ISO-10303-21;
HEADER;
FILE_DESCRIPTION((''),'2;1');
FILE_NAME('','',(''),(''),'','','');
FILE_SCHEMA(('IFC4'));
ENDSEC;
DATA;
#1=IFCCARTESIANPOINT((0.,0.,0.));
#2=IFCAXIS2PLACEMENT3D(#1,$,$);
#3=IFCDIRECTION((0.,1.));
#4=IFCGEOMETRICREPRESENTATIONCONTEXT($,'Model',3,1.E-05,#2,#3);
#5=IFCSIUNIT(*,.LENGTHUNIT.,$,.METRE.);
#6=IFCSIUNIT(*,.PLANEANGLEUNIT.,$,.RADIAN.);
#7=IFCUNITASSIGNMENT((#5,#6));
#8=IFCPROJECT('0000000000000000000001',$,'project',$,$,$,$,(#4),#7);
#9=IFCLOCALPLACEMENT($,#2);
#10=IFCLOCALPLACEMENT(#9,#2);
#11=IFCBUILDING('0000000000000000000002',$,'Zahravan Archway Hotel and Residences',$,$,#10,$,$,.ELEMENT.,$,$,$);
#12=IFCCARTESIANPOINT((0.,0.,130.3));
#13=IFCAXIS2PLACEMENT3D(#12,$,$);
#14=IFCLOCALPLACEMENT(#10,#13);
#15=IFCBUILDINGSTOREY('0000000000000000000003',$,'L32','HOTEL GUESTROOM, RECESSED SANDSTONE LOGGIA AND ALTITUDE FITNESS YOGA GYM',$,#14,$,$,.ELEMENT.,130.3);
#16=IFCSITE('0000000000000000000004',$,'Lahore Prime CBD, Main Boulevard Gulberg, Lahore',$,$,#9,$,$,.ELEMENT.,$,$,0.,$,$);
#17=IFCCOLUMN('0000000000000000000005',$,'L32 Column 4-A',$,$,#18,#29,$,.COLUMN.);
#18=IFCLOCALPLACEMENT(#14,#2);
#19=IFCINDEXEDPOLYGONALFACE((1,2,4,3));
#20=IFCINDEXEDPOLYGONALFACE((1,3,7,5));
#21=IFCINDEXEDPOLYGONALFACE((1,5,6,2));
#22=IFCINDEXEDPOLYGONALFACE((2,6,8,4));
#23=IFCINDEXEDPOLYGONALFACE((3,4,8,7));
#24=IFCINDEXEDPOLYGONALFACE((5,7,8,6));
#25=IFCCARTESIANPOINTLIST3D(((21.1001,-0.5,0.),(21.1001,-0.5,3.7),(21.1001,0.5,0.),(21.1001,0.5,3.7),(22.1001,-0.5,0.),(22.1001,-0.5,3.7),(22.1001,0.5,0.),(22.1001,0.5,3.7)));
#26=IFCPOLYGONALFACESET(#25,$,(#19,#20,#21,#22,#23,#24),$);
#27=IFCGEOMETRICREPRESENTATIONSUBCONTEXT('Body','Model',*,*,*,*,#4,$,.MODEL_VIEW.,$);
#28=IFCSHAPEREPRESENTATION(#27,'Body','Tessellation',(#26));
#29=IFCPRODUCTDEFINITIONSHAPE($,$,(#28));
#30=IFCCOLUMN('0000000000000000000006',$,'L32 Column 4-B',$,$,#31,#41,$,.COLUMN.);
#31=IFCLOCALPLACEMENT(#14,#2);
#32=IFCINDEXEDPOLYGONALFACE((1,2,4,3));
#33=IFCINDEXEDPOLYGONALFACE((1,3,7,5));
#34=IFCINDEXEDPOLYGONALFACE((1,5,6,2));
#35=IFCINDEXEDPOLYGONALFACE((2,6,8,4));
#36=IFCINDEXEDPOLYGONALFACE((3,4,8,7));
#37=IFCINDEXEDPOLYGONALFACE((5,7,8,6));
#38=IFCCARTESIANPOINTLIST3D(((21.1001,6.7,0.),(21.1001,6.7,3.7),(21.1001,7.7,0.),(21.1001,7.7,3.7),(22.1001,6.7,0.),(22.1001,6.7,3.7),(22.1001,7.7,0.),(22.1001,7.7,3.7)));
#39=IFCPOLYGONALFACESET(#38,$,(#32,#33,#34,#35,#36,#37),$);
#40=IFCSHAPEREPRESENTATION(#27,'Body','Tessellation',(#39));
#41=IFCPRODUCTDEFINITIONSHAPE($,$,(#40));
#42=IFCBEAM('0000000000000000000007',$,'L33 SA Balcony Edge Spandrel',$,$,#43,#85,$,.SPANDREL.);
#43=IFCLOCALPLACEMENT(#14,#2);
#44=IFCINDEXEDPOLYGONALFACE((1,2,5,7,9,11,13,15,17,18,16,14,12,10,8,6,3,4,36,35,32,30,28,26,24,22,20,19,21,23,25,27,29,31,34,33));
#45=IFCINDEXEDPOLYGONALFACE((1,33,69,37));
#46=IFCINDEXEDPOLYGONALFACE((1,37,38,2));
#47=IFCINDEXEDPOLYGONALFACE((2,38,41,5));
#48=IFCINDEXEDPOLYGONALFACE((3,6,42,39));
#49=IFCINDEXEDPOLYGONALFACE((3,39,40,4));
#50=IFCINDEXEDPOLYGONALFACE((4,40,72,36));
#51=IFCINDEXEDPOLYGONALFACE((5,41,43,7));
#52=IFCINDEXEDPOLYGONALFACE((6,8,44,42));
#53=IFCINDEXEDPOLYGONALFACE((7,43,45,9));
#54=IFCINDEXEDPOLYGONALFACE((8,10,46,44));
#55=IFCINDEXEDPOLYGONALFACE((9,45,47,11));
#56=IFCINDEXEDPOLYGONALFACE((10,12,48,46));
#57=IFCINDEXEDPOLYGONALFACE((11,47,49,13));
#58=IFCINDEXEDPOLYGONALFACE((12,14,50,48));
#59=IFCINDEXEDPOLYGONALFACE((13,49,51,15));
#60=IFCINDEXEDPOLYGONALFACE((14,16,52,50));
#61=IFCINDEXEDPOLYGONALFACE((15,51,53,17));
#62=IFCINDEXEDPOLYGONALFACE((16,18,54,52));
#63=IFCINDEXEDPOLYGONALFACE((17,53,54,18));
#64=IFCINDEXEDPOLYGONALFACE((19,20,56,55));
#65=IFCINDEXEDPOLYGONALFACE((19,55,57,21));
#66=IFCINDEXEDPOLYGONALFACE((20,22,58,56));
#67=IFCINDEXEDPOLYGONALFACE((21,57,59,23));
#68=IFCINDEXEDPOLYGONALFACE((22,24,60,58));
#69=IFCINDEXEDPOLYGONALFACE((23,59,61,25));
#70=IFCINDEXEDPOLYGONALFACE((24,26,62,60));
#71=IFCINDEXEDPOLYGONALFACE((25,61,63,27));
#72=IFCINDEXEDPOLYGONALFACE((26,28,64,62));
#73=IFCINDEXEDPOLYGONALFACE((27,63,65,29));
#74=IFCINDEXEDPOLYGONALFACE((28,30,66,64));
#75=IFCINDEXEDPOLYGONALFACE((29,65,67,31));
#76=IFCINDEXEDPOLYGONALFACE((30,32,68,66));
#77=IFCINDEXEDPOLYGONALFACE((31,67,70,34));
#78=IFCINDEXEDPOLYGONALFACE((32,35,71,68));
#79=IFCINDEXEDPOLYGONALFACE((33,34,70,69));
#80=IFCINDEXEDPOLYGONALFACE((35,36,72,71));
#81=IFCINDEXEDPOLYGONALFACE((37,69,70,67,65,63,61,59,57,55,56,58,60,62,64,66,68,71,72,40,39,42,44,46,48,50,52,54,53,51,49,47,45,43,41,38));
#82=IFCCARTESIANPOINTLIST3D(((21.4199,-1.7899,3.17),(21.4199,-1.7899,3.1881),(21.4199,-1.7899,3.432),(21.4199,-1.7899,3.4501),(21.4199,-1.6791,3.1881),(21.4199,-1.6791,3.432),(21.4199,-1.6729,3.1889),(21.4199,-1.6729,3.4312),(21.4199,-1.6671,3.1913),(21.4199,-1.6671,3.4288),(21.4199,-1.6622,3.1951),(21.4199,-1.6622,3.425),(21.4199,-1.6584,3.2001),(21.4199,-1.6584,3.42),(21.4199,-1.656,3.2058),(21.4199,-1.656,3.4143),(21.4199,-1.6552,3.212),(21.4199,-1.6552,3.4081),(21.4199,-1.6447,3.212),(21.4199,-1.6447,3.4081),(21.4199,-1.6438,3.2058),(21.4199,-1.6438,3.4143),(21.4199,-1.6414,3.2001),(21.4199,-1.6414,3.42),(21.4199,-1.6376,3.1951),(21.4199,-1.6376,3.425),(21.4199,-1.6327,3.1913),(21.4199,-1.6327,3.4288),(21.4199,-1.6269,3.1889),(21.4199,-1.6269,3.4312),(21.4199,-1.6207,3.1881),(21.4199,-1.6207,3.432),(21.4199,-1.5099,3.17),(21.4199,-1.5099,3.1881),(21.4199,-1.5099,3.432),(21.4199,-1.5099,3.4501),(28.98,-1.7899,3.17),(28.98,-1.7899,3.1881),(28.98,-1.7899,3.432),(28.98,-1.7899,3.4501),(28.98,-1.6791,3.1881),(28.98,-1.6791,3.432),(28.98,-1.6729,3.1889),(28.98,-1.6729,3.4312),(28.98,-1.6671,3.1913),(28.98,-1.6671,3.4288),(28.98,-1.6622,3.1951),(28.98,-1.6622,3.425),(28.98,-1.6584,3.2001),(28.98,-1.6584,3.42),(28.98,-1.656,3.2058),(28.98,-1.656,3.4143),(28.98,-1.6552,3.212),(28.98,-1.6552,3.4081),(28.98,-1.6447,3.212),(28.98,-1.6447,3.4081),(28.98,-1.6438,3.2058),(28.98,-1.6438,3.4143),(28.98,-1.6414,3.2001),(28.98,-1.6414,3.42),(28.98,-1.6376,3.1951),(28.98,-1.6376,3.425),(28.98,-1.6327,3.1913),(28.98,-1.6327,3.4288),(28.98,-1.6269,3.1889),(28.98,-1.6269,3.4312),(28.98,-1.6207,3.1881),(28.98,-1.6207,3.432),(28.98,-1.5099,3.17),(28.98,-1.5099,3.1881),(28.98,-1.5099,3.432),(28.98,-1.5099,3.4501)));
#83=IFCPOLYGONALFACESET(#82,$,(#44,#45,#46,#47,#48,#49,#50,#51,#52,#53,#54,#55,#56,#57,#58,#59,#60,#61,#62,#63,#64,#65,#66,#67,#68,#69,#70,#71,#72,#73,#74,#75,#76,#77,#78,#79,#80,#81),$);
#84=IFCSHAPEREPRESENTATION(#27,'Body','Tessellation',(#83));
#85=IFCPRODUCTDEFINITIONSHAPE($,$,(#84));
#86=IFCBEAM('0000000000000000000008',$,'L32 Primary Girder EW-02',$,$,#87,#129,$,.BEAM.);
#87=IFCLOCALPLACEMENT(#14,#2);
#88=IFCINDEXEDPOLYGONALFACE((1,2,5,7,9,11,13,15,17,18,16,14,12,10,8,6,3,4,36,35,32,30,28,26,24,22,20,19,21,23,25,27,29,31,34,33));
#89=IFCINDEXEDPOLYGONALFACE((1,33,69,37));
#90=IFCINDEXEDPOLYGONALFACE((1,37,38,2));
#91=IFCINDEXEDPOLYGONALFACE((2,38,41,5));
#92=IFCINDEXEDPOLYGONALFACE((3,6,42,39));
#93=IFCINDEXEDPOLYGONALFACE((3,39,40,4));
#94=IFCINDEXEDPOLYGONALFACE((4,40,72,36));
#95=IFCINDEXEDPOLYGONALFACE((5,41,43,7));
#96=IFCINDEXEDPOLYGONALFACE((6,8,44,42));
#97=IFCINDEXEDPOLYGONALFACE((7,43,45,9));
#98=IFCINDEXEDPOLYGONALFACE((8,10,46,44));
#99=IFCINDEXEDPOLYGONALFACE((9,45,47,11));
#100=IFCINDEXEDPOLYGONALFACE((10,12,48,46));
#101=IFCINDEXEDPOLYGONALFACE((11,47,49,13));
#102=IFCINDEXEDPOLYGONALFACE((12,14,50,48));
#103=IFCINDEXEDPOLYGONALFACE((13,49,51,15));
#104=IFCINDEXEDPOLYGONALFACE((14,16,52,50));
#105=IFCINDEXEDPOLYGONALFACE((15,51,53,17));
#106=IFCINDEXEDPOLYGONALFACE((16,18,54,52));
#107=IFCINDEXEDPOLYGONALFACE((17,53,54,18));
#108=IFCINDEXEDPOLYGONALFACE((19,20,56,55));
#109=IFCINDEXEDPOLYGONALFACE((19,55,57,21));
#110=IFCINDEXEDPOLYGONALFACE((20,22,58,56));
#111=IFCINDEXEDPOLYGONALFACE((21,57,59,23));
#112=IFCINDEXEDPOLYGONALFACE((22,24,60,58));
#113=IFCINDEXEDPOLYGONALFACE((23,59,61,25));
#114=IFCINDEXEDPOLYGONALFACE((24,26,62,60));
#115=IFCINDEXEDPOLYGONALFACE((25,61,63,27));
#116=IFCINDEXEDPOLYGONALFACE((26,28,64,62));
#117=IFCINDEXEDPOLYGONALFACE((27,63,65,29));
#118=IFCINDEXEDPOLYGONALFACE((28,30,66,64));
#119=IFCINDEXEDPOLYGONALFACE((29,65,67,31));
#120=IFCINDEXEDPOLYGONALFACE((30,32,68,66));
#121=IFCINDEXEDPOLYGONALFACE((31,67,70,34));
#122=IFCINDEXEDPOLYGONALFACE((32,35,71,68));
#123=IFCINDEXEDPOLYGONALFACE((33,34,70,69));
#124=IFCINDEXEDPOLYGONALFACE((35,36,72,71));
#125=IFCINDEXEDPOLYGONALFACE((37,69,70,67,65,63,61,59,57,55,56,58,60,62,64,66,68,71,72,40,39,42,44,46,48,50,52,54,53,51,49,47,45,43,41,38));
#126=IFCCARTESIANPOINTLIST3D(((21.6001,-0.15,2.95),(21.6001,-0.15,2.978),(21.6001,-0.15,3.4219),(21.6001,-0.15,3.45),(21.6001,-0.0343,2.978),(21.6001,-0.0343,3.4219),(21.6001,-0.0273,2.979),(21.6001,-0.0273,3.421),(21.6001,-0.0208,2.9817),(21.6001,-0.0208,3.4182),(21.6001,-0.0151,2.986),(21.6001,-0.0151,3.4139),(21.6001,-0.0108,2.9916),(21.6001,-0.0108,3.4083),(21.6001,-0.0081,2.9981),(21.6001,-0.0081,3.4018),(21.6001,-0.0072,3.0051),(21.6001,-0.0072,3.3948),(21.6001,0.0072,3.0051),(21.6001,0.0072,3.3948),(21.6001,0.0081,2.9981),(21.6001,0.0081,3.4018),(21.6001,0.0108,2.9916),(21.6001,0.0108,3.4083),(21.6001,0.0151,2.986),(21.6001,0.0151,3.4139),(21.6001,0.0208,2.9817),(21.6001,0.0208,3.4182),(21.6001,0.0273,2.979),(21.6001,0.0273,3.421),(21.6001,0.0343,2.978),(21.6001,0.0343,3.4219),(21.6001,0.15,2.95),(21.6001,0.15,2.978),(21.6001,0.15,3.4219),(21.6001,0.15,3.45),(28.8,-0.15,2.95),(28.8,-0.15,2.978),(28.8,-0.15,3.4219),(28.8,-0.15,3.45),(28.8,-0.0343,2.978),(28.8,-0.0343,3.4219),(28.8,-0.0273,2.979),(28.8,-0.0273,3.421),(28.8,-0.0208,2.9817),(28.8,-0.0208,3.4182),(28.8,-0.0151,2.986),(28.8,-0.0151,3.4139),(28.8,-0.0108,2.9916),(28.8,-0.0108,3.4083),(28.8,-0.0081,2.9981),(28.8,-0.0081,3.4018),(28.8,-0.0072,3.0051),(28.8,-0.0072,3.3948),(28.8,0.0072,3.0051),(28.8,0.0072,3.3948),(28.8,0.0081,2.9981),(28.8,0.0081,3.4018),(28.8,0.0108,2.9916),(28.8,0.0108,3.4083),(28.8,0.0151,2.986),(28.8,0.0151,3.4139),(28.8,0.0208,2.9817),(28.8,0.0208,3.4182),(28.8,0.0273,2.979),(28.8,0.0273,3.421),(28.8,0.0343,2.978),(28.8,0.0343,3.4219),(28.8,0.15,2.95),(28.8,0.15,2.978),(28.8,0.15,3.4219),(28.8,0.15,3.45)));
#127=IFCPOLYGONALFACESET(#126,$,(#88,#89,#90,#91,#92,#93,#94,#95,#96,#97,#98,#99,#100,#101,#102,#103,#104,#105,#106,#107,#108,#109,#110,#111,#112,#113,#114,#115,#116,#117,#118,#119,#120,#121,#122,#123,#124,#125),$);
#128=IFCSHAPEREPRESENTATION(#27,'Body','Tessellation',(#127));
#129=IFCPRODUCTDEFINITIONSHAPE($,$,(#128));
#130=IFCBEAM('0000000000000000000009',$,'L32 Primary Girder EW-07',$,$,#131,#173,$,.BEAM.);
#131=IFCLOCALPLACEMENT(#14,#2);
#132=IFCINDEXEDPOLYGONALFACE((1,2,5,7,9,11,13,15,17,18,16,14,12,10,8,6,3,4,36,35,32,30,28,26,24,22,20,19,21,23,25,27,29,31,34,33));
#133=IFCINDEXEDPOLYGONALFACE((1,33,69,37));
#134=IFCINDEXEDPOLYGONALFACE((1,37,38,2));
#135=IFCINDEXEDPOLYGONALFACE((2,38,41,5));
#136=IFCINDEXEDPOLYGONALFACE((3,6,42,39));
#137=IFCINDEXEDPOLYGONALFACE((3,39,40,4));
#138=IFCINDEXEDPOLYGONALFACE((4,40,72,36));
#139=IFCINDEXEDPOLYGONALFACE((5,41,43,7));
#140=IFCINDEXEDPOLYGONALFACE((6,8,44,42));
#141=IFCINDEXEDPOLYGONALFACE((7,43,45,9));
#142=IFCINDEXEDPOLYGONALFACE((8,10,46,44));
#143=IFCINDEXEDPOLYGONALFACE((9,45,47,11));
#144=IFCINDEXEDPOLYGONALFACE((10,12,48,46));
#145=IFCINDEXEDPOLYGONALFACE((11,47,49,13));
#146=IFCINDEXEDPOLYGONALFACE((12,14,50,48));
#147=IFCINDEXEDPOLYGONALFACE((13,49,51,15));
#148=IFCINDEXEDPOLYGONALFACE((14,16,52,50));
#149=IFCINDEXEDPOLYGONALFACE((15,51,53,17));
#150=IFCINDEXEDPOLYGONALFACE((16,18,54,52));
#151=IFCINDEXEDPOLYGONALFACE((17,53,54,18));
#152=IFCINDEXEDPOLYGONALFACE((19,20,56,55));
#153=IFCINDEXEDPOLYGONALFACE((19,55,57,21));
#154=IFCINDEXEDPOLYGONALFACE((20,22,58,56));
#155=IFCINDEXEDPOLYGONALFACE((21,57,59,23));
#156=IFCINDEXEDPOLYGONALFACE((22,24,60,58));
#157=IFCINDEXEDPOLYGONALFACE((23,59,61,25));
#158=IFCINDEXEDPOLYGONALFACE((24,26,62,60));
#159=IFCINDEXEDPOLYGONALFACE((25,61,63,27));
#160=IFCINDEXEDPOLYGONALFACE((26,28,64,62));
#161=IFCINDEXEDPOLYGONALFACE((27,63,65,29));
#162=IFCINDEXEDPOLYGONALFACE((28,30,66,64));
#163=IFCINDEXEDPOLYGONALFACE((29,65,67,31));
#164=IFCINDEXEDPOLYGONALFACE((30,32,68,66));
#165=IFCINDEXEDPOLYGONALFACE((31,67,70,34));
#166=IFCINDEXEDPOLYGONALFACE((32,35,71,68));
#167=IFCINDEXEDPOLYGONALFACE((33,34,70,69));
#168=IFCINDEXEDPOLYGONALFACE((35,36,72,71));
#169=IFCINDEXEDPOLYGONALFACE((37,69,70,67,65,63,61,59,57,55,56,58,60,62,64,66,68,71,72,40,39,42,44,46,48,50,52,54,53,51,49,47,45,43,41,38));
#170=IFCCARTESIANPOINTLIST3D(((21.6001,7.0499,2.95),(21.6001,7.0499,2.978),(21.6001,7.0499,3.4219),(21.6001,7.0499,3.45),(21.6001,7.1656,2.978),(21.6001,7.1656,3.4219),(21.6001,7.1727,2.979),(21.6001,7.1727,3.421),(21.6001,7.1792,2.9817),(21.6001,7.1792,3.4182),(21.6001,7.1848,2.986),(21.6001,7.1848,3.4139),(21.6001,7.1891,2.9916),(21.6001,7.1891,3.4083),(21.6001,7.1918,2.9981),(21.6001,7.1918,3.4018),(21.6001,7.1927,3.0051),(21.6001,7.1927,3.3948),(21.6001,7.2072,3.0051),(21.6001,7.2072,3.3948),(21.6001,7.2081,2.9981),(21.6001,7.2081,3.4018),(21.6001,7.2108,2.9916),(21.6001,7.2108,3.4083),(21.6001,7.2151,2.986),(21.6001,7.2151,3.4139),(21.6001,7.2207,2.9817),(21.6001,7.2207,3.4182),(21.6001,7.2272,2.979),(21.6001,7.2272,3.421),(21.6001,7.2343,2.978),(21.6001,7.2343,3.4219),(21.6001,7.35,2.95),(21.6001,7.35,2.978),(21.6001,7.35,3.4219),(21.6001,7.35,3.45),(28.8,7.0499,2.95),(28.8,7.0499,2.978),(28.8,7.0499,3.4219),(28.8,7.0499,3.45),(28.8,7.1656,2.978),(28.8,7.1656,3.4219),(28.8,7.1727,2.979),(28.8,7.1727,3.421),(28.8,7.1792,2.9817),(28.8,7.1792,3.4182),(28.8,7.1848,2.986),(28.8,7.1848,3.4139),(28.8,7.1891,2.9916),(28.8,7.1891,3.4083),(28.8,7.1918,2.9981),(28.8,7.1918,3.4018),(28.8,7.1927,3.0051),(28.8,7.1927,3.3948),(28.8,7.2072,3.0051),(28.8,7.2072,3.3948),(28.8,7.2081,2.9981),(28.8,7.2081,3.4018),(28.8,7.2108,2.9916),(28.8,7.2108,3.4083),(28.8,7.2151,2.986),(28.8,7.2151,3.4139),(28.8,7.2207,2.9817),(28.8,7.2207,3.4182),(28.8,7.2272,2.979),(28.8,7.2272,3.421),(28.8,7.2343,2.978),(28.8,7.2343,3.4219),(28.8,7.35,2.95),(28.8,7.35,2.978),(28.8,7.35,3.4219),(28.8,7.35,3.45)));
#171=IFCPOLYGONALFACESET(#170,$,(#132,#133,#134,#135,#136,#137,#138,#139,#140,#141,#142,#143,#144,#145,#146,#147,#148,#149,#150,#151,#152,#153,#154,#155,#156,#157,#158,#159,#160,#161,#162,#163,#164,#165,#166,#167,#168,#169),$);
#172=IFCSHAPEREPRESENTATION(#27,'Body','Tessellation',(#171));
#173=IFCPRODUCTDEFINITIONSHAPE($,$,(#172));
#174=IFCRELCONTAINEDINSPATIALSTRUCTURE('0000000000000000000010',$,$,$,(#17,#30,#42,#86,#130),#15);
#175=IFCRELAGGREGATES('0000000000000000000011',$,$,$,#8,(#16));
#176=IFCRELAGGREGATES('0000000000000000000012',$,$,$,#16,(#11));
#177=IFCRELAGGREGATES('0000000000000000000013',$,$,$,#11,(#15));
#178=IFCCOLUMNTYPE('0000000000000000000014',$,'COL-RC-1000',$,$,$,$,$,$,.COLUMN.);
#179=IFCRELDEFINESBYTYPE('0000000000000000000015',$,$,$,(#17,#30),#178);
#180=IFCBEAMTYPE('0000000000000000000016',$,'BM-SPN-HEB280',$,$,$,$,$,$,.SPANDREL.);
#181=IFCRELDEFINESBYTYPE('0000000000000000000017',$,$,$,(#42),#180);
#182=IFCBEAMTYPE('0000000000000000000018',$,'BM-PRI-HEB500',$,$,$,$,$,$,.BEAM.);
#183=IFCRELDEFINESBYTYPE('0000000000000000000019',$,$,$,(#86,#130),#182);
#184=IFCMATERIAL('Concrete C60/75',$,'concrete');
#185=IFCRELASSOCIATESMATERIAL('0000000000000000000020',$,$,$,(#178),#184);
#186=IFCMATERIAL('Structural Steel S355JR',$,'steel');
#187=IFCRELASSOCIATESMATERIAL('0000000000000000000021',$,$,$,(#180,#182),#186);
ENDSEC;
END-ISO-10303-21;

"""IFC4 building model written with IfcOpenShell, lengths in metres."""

from ifc_helpers import new_model, si_unit, direction, frame, origin, origin_2d, place, context, subcontext, project, spatial, rectangle, i_section, extrude, source, transform, mapped, material, material_profile, profile_set, type_object, type_shapes, element, save


model = new_model("IFC4")

# Units and contexts
model_context = context("Model", 3, precision=1e-05, world=origin(), true_north=direction((0.0, 1.0)))
body_context = subcontext(model_context, "Body", "Model", "MODEL_VIEW")
ifc_project = project(units=[si_unit("LENGTHUNIT", "METRE"), si_unit("PLANEANGLEUNIT", "RADIAN")], contexts=[model_context])

# Site, building, storey
site_placement = place(None, origin())
site = spatial("IfcSite", under=ifc_project, at=site_placement, Name="Lahore Prime CBD, Main Boulevard Gulberg, Lahore", CompositionType="ELEMENT", RefElevation=0.0)
building_placement = place(site_placement, origin())
building = spatial("IfcBuilding", under=site, at=building_placement, Name="Zahravan Archway Hotel and Residences", CompositionType="ELEMENT")
storey_placement = place(building_placement, frame((0.0, 0.0, 130.3)))
storey = spatial("IfcBuildingStorey", under=building, at=storey_placement, Name="L32", Description="HOTEL GUESTROOM, RECESSED SANDSTONE LOGGIA AND ALTITUDE FITNESS YOGA GYM", CompositionType="ELEMENT", Elevation=130.3)

# Columns
ifc_material_1 = material(Name="Concrete C60/75", Category="concrete")
ifc_material_profile_1 = material_profile(ifc_material_1, rectangle(XDim=1.0, YDim=1.0, at=origin_2d()), Name="RC-COL-1000x1000", Category="concrete")
ifc_profile_set_1 = profile_set([ifc_material_profile_1], Name="Concrete C60/75")
column_type = type_object("IfcColumnType", Name="COL-RC-1000", PredefinedType="COLUMN", material=ifc_profile_set_1)
shared_shape_1 = source(origin(), body_context, "Body", "SweptSolid", [
    extrude(rectangle(XDim=1.0, YDim=1.0, at=origin_2d()), origin(), (0.0, 0.0, 1.0), 3.7),
])
type_shapes(column_type, [shared_shape_1])
for number, where, z_axis, x_axis, name in (
    (1, (21.6001, 0.0, 0.0), (0.0, 0.0, 1.0), (1.0, 0.0, 0.0), "L32 Column 4-A"),
    (2, (21.6001, 7.2, 0.0), (0.0, 0.0, 1.0), (1.0, 0.0, 0.0), "L32 Column 4-B"),
):
    element("IfcColumn", number, at=place(storey_placement, frame(where, z_axis=z_axis, x_axis=x_axis)), inside=storey, type_object=column_type, Name=name, PredefinedType="COLUMN", context=body_context, shape_type="MappedRepresentation", body=[
        mapped(shared_shape_1, transform((0.0, 0.0, 0.0), scale=1.0)),
    ])

# Beams
ifc_material_2 = material(Name="Structural Steel S355JR", Category="steel")
ifc_material_profile_2 = material_profile(ifc_material_2, i_section(OverallWidth=0.28, OverallDepth=0.28, WebThickness=0.0105, FlangeThickness=0.0181, FilletRadius=0.0239, at=origin_2d()), Name="HEB 280", Category="steel")
ifc_profile_set_2 = profile_set([ifc_material_profile_2], Name="Structural Steel S355JR")
beam_type_1 = type_object("IfcBeamType", Name="BM-SPN-HEB280", PredefinedType="SPANDREL", material=ifc_profile_set_2)
shared_shape_2 = source(origin(), body_context, "Body", "SweptSolid", [
    extrude(i_section(OverallWidth=0.28, OverallDepth=0.28, WebThickness=0.0105, FlangeThickness=0.0181, FilletRadius=0.0239, at=origin_2d()), origin(), (0.0, 0.0, 1.0), 7.5601),
])
type_shapes(beam_type_1, [shared_shape_2])
beam_1_placement = place(storey_placement, frame((21.4199, -1.6499, 3.3101), z_axis=(1.0, 0.0, 0.0), x_axis=(0.0, 1.0, 0.0)))
element("IfcBeam", 3, at=beam_1_placement, inside=storey, type_object=beam_type_1, Name="L33 SA Balcony Edge Spandrel", PredefinedType="SPANDREL", context=body_context, shape_type="MappedRepresentation", body=[
    mapped(shared_shape_2, transform((0.0, 0.0, 0.0), scale=1.0)),
])
ifc_material_profile_3 = material_profile(ifc_material_2, i_section(OverallWidth=0.3, OverallDepth=0.5, WebThickness=0.0144, FlangeThickness=0.0281, FilletRadius=0.0271, at=origin_2d()), Name="HEB 500", Category="steel")
ifc_profile_set_3 = profile_set([ifc_material_profile_3], Name="Structural Steel S355JR")
beam_type_2 = type_object("IfcBeamType", Name="BM-PRI-HEB500", PredefinedType="BEAM", material=ifc_profile_set_3)
shared_shape_3 = source(origin(), body_context, "Body", "SweptSolid", [
    extrude(i_section(OverallWidth=0.3, OverallDepth=0.5, WebThickness=0.0144, FlangeThickness=0.0281, FilletRadius=0.0271, at=origin_2d()), origin(), (0.0, 0.0, 1.0), 7.2),
])
for number, where, z_axis, x_axis, name in (
    (4, (21.6001, 0.0, 3.2), (1.0, 0.0, 0.0), (0.0, 1.0, 0.0), "L32 Primary Girder EW-02"),
    (5, (21.6001, 7.2, 3.2), (1.0, 0.0, 0.0), (0.0, 1.0, 0.0), "L32 Primary Girder EW-07"),
):
    element("IfcBeam", number, at=place(storey_placement, frame(where, z_axis=z_axis, x_axis=x_axis)), inside=storey, type_object=beam_type_2, Name=name, PredefinedType="BEAM", context=body_context, shape_type="MappedRepresentation", body=[
        mapped(shared_shape_3, transform((0.0, 0.0, 0.0), scale=1.0)),
    ])

save(model, "model.ifc")
